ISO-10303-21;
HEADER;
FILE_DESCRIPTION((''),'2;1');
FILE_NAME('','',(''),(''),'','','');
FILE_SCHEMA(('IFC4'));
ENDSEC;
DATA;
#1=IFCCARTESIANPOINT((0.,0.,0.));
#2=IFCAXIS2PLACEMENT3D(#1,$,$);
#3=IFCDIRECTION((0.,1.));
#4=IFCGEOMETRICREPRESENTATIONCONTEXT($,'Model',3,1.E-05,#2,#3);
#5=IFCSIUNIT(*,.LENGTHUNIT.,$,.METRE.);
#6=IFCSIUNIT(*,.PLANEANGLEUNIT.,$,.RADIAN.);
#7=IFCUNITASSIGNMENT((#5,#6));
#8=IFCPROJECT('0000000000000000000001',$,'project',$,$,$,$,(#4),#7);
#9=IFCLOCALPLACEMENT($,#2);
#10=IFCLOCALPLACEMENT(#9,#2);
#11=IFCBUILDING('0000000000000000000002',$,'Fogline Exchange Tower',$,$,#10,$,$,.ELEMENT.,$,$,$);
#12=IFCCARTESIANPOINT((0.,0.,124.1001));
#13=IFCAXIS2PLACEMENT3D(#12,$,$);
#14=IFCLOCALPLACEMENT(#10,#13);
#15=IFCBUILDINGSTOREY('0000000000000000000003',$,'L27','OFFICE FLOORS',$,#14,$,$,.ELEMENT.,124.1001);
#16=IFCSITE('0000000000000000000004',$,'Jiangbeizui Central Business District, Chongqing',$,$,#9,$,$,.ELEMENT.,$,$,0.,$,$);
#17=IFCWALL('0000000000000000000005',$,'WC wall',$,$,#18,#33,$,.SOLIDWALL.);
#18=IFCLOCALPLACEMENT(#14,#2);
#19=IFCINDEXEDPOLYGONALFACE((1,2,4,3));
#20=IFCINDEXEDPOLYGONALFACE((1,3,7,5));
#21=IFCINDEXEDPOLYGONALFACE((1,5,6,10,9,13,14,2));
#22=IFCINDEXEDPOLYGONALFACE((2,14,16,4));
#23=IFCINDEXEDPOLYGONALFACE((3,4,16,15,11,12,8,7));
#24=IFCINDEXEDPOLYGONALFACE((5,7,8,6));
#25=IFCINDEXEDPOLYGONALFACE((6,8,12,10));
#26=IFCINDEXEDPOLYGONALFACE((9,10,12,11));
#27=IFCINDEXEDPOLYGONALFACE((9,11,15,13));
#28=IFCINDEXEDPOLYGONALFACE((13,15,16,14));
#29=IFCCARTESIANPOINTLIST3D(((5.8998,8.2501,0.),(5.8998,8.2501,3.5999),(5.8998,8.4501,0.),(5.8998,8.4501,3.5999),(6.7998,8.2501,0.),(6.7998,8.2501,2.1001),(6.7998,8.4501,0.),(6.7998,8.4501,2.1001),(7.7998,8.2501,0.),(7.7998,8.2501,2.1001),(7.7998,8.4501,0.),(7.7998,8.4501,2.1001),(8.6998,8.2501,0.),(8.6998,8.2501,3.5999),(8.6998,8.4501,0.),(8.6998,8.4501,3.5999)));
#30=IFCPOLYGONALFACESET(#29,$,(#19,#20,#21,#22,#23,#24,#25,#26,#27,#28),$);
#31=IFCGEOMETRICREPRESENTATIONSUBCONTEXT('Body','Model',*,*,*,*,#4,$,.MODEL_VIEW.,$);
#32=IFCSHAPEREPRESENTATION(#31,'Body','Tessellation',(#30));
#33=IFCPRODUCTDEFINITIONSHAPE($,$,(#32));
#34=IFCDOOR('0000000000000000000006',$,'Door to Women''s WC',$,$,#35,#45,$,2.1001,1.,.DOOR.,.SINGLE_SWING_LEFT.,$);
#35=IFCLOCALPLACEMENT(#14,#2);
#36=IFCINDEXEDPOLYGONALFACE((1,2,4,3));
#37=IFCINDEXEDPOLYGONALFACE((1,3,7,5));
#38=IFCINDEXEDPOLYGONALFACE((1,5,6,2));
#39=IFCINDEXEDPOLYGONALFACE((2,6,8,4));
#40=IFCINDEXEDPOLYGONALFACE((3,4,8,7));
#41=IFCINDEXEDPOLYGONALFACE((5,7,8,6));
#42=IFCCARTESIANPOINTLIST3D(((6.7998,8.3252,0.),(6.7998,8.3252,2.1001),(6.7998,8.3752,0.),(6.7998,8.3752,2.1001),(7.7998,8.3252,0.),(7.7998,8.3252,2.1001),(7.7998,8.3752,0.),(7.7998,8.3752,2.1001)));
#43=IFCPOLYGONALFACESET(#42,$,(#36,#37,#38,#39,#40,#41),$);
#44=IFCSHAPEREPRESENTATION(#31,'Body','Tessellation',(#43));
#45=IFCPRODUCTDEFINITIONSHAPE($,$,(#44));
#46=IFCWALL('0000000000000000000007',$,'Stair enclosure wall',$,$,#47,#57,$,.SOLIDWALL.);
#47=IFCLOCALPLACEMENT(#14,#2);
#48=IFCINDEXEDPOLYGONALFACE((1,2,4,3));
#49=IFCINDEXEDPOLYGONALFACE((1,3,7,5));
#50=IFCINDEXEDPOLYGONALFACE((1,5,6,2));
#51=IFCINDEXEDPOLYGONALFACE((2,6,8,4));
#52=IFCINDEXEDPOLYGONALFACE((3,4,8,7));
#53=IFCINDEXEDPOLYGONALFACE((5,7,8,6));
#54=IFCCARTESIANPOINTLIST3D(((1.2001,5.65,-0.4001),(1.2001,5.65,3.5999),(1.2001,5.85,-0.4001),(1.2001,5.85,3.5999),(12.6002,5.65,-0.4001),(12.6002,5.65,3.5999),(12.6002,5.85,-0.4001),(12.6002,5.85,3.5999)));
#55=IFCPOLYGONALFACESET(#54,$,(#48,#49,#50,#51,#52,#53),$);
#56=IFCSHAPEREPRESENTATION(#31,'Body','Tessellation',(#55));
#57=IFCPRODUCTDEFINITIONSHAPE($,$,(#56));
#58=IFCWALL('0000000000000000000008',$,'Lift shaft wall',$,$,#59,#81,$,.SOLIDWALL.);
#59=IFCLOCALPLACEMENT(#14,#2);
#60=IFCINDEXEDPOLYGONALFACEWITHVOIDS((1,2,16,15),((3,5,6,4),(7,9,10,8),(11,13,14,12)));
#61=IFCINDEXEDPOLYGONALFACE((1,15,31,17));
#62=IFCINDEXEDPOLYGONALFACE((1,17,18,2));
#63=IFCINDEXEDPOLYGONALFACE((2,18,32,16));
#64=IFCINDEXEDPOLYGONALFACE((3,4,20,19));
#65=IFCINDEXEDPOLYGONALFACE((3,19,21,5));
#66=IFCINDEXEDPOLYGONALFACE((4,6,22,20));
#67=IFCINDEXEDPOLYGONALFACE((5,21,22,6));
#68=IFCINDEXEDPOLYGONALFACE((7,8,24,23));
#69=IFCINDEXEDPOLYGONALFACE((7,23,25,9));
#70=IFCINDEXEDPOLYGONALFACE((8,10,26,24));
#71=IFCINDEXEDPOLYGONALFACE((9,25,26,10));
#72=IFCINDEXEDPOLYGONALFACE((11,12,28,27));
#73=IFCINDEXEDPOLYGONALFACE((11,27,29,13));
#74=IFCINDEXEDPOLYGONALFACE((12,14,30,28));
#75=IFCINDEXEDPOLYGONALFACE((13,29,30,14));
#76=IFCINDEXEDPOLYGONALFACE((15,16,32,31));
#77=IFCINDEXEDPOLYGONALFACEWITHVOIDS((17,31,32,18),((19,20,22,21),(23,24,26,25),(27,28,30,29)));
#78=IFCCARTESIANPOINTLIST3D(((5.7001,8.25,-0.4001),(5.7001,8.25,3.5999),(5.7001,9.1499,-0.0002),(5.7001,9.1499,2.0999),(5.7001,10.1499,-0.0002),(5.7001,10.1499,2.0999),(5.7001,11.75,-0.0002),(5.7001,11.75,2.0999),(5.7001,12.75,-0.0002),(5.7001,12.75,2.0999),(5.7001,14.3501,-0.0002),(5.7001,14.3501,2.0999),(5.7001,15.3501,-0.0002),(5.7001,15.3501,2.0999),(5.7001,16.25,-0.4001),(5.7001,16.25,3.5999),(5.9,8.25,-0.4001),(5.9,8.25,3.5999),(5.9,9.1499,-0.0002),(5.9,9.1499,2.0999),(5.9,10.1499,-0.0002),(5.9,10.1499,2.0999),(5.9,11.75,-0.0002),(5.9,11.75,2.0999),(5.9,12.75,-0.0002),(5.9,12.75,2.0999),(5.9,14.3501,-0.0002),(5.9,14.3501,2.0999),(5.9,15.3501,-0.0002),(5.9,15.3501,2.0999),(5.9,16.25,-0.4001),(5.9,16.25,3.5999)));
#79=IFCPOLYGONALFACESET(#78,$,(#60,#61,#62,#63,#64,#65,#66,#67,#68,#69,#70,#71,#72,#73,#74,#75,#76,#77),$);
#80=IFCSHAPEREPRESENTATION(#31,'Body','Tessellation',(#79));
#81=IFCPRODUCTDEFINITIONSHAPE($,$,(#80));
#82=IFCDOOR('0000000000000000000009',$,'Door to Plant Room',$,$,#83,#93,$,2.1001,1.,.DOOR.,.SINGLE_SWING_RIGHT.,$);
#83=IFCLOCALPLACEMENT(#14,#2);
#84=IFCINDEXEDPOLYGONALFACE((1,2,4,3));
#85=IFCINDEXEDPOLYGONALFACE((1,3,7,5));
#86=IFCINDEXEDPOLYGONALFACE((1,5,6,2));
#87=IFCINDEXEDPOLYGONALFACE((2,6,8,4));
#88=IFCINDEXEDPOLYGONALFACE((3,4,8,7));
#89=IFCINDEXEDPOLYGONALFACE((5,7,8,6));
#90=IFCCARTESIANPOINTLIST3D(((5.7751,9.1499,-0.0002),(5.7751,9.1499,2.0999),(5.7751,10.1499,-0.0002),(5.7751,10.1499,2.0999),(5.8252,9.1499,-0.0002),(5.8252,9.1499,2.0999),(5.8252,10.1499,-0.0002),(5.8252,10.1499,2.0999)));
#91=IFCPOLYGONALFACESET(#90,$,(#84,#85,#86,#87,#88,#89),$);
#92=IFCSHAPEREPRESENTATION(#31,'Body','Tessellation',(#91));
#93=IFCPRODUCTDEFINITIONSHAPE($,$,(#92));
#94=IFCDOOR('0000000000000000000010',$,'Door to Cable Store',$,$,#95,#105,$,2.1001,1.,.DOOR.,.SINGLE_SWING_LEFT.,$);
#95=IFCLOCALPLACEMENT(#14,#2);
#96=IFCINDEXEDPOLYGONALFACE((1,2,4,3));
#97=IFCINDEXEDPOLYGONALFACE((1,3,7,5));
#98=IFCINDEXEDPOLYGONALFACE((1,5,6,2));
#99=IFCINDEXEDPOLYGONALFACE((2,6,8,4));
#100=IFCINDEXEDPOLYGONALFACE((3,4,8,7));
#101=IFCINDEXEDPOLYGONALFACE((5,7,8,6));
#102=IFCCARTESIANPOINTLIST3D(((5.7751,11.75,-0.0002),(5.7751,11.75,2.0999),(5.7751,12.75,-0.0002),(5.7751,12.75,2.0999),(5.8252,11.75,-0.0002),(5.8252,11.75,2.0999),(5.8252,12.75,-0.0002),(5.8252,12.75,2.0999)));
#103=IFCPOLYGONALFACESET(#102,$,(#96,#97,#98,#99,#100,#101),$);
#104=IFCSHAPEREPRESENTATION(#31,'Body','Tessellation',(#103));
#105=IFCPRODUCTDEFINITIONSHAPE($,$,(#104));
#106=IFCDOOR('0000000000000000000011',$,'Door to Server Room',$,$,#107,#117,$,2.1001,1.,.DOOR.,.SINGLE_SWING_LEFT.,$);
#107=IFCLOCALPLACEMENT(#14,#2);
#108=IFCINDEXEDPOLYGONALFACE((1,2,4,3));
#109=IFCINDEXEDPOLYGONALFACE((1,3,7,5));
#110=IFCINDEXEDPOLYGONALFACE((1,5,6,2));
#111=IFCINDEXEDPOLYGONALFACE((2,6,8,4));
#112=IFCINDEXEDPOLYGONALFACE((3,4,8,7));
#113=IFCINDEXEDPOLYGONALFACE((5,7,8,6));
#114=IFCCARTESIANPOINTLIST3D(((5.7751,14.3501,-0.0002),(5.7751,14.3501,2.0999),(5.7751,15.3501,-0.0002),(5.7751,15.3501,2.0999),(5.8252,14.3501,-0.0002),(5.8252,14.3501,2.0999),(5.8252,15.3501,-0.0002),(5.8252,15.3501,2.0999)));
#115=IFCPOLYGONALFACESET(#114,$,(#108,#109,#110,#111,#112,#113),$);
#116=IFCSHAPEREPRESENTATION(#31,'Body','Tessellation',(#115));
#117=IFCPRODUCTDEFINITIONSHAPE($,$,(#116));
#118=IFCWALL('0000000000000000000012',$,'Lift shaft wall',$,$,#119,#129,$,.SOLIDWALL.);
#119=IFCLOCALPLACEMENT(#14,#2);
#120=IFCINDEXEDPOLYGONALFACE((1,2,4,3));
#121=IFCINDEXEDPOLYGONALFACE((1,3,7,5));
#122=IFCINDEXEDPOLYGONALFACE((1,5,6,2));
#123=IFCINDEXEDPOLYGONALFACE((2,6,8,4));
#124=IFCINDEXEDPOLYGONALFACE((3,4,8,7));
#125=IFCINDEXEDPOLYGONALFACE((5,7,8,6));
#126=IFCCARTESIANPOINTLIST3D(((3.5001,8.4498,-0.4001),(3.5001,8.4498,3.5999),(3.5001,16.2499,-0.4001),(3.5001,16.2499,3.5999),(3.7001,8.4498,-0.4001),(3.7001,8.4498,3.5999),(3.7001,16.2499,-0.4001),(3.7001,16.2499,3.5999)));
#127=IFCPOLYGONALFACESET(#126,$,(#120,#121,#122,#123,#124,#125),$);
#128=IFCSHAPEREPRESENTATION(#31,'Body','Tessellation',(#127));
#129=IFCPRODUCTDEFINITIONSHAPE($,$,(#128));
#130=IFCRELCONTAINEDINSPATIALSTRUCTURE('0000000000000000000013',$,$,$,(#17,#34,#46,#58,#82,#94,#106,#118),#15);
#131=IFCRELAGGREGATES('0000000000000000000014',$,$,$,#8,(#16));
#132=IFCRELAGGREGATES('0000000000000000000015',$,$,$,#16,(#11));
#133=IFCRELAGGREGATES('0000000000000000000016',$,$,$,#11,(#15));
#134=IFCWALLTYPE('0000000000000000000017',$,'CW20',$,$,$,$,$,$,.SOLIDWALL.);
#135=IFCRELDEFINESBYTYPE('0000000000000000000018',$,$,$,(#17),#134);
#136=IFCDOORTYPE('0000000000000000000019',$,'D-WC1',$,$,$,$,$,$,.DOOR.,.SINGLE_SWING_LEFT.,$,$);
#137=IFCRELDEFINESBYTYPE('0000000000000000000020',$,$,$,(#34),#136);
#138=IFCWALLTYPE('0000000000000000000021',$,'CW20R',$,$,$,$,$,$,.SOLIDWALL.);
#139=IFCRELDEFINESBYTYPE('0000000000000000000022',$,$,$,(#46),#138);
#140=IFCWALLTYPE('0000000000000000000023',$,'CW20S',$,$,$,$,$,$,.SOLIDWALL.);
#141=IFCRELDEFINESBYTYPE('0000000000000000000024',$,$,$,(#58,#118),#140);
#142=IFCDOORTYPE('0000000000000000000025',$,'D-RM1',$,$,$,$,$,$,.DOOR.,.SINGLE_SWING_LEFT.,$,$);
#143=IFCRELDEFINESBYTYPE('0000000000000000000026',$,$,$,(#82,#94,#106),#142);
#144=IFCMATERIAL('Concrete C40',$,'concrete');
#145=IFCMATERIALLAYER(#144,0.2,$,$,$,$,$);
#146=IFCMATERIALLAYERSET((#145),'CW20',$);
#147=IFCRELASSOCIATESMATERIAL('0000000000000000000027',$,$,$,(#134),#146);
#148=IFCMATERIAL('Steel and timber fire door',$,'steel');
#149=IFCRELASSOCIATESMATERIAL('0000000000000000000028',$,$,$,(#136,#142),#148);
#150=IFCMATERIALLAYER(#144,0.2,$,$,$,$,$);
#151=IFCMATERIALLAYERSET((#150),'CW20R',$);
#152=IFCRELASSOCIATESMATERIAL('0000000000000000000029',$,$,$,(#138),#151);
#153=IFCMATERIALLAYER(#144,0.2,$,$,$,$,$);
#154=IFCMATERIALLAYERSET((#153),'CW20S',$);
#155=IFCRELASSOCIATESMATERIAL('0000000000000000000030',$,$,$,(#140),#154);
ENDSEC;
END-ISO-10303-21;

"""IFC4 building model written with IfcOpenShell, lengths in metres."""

from ifc_helpers import new_model, si_unit, direction, frame, frame_2d, origin, place, context, subcontext, project, spatial, rectangle, extrude, material, layer, layer_set, type_object, element, fill, save


model = new_model("IFC4")

# Units and contexts
model_context = context("Model", 3, precision=1e-05, world=origin(), true_north=direction((0.0, 1.0)))
body_context = subcontext(model_context, "Body", "Model", "MODEL_VIEW")
ifc_project = project(units=[si_unit("LENGTHUNIT", "METRE"), si_unit("PLANEANGLEUNIT", "RADIAN")], contexts=[model_context])

# Site, building, storey
site_placement = place(None, origin())
site = spatial("IfcSite", under=ifc_project, at=site_placement, Name="Jiangbeizui Central Business District, Chongqing", CompositionType="ELEMENT", RefElevation=0.0)
building_placement = place(site_placement, origin())
building = spatial("IfcBuilding", under=site, at=building_placement, Name="Fogline Exchange Tower", CompositionType="ELEMENT")
storey_placement = place(building_placement, frame((0.0, 0.0, 124.1001)))
storey = spatial("IfcBuildingStorey", under=building, at=storey_placement, Name="L27", Description="OFFICE FLOORS", CompositionType="ELEMENT", Elevation=124.1001)

# Shared definitions
ifc_material_1 = material(Name="Concrete C40", Category="concrete")

# Wall, opening, door
ifc_layer_1 = layer(ifc_material_1, 0.2)
ifc_layer_set_1 = layer_set([ifc_layer_1], Name="CW20")
wall_type_1 = type_object("IfcWallType", Name="CW20", PredefinedType="SOLIDWALL", material=ifc_layer_set_1)
wall_1_placement = place(storey_placement, frame((5.8999, 8.3501, 0.0), z_axis=(0.0, 0.0, 1.0), x_axis=(1.0, 0.0, 0.0)))
wall_1 = element("IfcWall", 1, at=wall_1_placement, inside=storey, type_object=wall_type_1, Name="WC wall", PredefinedType="SOLIDWALL", context=body_context, shape_type="SweptSolid", body=[
    extrude(rectangle(XDim=2.8, YDim=0.2, at=frame_2d((1.3999, 0.0))), origin(), (0.0, 0.0, 1.0), 3.5999),
])
opening_1_placement = place(wall_1_placement, frame((0.8999, 0.0, 0.0)))
opening_1 = element("IfcOpeningElement", 2, at=opening_1_placement, cuts=wall_1, PredefinedType="OPENING", context=body_context, shape_type="SweptSolid", body=[
    extrude(rectangle(XDim=1.0, YDim=2.1001, at=frame_2d((0.5, 1.05))), frame((0.0, 0.1099, 0.0), z_axis=(0.0, -1.0, 0.0), x_axis=(1.0, 0.0, 0.0)), (0.0, 0.0, 1.0), 0.22),
])
ifc_material_2 = material(Name="Steel and timber fire door", Category="steel")
door_type_1 = type_object("IfcDoorType", Name="D-WC1", OperationType="SINGLE_SWING_LEFT", PredefinedType="DOOR", material=ifc_material_2)
door_1_placement = place(opening_1_placement, frame((1.0, 0.0, 0.0), z_axis=(0.0, 0.0, 1.0), x_axis=(-1.0, 0.0, 0.0)))
door_1 = element("IfcDoor", 3, at=door_1_placement, inside=storey, type_object=door_type_1, Name="Door to Women's WC", OperationType="SINGLE_SWING_LEFT", OverallHeight=2.1001, OverallWidth=1.0, PredefinedType="DOOR", context=body_context, shape_type="SweptSolid", body=[
    extrude(rectangle(XDim=1.0, YDim=2.1001, at=frame_2d((0.5, 1.05))), frame((0.0, 0.0249, 0.0), z_axis=(0.0, -1.0, 0.0), x_axis=(1.0, 0.0, 0.0)), (0.0, 0.0, 1.0), 0.05),
])
fill(opening_1, door_1)

# Wall
ifc_layer_2 = layer(ifc_material_1, 0.2)
ifc_layer_set_2 = layer_set([ifc_layer_2], Name="CW20R")
wall_type_2 = type_object("IfcWallType", Name="CW20R", PredefinedType="SOLIDWALL", material=ifc_layer_set_2)
wall_2_placement = place(storey_placement, frame((1.2, 5.75, -0.4001), z_axis=(0.0, 0.0, 1.0), x_axis=(1.0, 0.0, 0.0)))
element("IfcWall", 4, at=wall_2_placement, inside=storey, type_object=wall_type_2, Name="Stair enclosure wall", PredefinedType="SOLIDWALL", context=body_context, shape_type="SweptSolid", body=[
    extrude(rectangle(XDim=11.4001, YDim=0.2, at=frame_2d((5.7002, 0.0))), origin(), (0.0, 0.0, 1.0), 4.0),
])

# Wall, openings, doors
ifc_layer_3 = layer(ifc_material_1, 0.2)
ifc_layer_set_3 = layer_set([ifc_layer_3], Name="CW20S")
wall_type_3 = type_object("IfcWallType", Name="CW20S", PredefinedType="SOLIDWALL", material=ifc_layer_set_3)
wall_3_placement = place(storey_placement, frame((5.8, 8.25, -0.4001), z_axis=(0.0, 0.0, 1.0), x_axis=(0.0, 1.0, 0.0)))
wall_3 = element("IfcWall", 5, at=wall_3_placement, inside=storey, type_object=wall_type_3, Name="Lift shaft wall", PredefinedType="SOLIDWALL", context=body_context, shape_type="SweptSolid", body=[
    extrude(rectangle(XDim=8.0, YDim=0.2, at=frame_2d((4.0, 0.0))), origin(), (0.0, 0.0, 1.0), 4.0),
])
opening_2_placement = place(wall_3_placement, frame((0.8999, 0.0, 0.3999)))
opening_2 = element("IfcOpeningElement", 6, at=opening_2_placement, cuts=wall_3, PredefinedType="OPENING", context=body_context, shape_type="SweptSolid", body=[
    extrude(rectangle(XDim=1.0, YDim=2.1001, at=frame_2d((0.5, 1.05))), frame((0.0, 0.1099, 0.0), z_axis=(0.0, -1.0, 0.0), x_axis=(1.0, 0.0, 0.0)), (0.0, 0.0, 1.0), 0.22),
])
opening_3_placement = place(wall_3_placement, frame((3.5, 0.0, 0.3999)))
opening_3 = element("IfcOpeningElement", 7, at=opening_3_placement, cuts=wall_3, PredefinedType="OPENING", context=body_context, shape_type="SweptSolid", body=[
    extrude(rectangle(XDim=1.0, YDim=2.1001, at=frame_2d((0.5, 1.05))), frame((0.0, 0.1099, 0.0), z_axis=(0.0, -1.0, 0.0), x_axis=(1.0, 0.0, 0.0)), (0.0, 0.0, 1.0), 0.22),
])
opening_4_placement = place(wall_3_placement, frame((6.1001, 0.0, 0.3999)))
opening_4 = element("IfcOpeningElement", 8, at=opening_4_placement, cuts=wall_3, PredefinedType="OPENING", context=body_context, shape_type="SweptSolid", body=[
    extrude(rectangle(XDim=1.0, YDim=2.1001, at=frame_2d((0.5, 1.05))), frame((0.0, 0.1099, 0.0), z_axis=(0.0, -1.0, 0.0), x_axis=(1.0, 0.0, 0.0)), (0.0, 0.0, 1.0), 0.22),
])
door_type_2 = type_object("IfcDoorType", Name="D-RM1", OperationType="SINGLE_SWING_LEFT", PredefinedType="DOOR", material=ifc_material_2)
door_2_placement = place(opening_2_placement, origin())
door_2 = element("IfcDoor", 9, at=door_2_placement, inside=storey, type_object=door_type_2, Name="Door to Plant Room", OperationType="SINGLE_SWING_RIGHT", OverallHeight=2.1001, OverallWidth=1.0, PredefinedType="DOOR", context=body_context, shape_type="SweptSolid", body=[
    extrude(rectangle(XDim=1.0, YDim=2.1001, at=frame_2d((0.5, 1.05))), frame((0.0, 0.0249, 0.0), z_axis=(0.0, -1.0, 0.0), x_axis=(1.0, 0.0, 0.0)), (0.0, 0.0, 1.0), 0.05),
])
fill(opening_2, door_2)
door_3_placement = place(opening_3_placement, origin())
door_3 = element("IfcDoor", 10, at=door_3_placement, inside=storey, type_object=door_type_2, Name="Door to Cable Store", OperationType="SINGLE_SWING_LEFT", OverallHeight=2.1001, OverallWidth=1.0, PredefinedType="DOOR", context=body_context, shape_type="SweptSolid", body=[
    extrude(rectangle(XDim=1.0, YDim=2.1001, at=frame_2d((0.5, 1.05))), frame((0.0, 0.0249, 0.0), z_axis=(0.0, -1.0, 0.0), x_axis=(1.0, 0.0, 0.0)), (0.0, 0.0, 1.0), 0.05),
])
fill(opening_3, door_3)
door_4_placement = place(opening_4_placement, origin())
door_4 = element("IfcDoor", 11, at=door_4_placement, inside=storey, type_object=door_type_2, Name="Door to Server Room", OperationType="SINGLE_SWING_LEFT", OverallHeight=2.1001, OverallWidth=1.0, PredefinedType="DOOR", context=body_context, shape_type="SweptSolid", body=[
    extrude(rectangle(XDim=1.0, YDim=2.1001, at=frame_2d((0.5, 1.05))), frame((0.0, 0.0249, 0.0), z_axis=(0.0, -1.0, 0.0), x_axis=(1.0, 0.0, 0.0)), (0.0, 0.0, 1.0), 0.05),
])
fill(opening_4, door_4)

# Wall
wall_4_placement = place(storey_placement, frame((3.6001, 8.45, -0.4001), z_axis=(0.0, 0.0, 1.0), x_axis=(0.0, 1.0, 0.0)))
element("IfcWall", 12, at=wall_4_placement, inside=storey, type_object=wall_type_3, Name="Lift shaft wall", PredefinedType="SOLIDWALL", context=body_context, shape_type="SweptSolid", body=[
    extrude(rectangle(XDim=7.8, YDim=0.2, at=frame_2d((3.8999, 0.0))), origin(), (0.0, 0.0, 1.0), 4.0),
])

save(model, "model.ifc")
